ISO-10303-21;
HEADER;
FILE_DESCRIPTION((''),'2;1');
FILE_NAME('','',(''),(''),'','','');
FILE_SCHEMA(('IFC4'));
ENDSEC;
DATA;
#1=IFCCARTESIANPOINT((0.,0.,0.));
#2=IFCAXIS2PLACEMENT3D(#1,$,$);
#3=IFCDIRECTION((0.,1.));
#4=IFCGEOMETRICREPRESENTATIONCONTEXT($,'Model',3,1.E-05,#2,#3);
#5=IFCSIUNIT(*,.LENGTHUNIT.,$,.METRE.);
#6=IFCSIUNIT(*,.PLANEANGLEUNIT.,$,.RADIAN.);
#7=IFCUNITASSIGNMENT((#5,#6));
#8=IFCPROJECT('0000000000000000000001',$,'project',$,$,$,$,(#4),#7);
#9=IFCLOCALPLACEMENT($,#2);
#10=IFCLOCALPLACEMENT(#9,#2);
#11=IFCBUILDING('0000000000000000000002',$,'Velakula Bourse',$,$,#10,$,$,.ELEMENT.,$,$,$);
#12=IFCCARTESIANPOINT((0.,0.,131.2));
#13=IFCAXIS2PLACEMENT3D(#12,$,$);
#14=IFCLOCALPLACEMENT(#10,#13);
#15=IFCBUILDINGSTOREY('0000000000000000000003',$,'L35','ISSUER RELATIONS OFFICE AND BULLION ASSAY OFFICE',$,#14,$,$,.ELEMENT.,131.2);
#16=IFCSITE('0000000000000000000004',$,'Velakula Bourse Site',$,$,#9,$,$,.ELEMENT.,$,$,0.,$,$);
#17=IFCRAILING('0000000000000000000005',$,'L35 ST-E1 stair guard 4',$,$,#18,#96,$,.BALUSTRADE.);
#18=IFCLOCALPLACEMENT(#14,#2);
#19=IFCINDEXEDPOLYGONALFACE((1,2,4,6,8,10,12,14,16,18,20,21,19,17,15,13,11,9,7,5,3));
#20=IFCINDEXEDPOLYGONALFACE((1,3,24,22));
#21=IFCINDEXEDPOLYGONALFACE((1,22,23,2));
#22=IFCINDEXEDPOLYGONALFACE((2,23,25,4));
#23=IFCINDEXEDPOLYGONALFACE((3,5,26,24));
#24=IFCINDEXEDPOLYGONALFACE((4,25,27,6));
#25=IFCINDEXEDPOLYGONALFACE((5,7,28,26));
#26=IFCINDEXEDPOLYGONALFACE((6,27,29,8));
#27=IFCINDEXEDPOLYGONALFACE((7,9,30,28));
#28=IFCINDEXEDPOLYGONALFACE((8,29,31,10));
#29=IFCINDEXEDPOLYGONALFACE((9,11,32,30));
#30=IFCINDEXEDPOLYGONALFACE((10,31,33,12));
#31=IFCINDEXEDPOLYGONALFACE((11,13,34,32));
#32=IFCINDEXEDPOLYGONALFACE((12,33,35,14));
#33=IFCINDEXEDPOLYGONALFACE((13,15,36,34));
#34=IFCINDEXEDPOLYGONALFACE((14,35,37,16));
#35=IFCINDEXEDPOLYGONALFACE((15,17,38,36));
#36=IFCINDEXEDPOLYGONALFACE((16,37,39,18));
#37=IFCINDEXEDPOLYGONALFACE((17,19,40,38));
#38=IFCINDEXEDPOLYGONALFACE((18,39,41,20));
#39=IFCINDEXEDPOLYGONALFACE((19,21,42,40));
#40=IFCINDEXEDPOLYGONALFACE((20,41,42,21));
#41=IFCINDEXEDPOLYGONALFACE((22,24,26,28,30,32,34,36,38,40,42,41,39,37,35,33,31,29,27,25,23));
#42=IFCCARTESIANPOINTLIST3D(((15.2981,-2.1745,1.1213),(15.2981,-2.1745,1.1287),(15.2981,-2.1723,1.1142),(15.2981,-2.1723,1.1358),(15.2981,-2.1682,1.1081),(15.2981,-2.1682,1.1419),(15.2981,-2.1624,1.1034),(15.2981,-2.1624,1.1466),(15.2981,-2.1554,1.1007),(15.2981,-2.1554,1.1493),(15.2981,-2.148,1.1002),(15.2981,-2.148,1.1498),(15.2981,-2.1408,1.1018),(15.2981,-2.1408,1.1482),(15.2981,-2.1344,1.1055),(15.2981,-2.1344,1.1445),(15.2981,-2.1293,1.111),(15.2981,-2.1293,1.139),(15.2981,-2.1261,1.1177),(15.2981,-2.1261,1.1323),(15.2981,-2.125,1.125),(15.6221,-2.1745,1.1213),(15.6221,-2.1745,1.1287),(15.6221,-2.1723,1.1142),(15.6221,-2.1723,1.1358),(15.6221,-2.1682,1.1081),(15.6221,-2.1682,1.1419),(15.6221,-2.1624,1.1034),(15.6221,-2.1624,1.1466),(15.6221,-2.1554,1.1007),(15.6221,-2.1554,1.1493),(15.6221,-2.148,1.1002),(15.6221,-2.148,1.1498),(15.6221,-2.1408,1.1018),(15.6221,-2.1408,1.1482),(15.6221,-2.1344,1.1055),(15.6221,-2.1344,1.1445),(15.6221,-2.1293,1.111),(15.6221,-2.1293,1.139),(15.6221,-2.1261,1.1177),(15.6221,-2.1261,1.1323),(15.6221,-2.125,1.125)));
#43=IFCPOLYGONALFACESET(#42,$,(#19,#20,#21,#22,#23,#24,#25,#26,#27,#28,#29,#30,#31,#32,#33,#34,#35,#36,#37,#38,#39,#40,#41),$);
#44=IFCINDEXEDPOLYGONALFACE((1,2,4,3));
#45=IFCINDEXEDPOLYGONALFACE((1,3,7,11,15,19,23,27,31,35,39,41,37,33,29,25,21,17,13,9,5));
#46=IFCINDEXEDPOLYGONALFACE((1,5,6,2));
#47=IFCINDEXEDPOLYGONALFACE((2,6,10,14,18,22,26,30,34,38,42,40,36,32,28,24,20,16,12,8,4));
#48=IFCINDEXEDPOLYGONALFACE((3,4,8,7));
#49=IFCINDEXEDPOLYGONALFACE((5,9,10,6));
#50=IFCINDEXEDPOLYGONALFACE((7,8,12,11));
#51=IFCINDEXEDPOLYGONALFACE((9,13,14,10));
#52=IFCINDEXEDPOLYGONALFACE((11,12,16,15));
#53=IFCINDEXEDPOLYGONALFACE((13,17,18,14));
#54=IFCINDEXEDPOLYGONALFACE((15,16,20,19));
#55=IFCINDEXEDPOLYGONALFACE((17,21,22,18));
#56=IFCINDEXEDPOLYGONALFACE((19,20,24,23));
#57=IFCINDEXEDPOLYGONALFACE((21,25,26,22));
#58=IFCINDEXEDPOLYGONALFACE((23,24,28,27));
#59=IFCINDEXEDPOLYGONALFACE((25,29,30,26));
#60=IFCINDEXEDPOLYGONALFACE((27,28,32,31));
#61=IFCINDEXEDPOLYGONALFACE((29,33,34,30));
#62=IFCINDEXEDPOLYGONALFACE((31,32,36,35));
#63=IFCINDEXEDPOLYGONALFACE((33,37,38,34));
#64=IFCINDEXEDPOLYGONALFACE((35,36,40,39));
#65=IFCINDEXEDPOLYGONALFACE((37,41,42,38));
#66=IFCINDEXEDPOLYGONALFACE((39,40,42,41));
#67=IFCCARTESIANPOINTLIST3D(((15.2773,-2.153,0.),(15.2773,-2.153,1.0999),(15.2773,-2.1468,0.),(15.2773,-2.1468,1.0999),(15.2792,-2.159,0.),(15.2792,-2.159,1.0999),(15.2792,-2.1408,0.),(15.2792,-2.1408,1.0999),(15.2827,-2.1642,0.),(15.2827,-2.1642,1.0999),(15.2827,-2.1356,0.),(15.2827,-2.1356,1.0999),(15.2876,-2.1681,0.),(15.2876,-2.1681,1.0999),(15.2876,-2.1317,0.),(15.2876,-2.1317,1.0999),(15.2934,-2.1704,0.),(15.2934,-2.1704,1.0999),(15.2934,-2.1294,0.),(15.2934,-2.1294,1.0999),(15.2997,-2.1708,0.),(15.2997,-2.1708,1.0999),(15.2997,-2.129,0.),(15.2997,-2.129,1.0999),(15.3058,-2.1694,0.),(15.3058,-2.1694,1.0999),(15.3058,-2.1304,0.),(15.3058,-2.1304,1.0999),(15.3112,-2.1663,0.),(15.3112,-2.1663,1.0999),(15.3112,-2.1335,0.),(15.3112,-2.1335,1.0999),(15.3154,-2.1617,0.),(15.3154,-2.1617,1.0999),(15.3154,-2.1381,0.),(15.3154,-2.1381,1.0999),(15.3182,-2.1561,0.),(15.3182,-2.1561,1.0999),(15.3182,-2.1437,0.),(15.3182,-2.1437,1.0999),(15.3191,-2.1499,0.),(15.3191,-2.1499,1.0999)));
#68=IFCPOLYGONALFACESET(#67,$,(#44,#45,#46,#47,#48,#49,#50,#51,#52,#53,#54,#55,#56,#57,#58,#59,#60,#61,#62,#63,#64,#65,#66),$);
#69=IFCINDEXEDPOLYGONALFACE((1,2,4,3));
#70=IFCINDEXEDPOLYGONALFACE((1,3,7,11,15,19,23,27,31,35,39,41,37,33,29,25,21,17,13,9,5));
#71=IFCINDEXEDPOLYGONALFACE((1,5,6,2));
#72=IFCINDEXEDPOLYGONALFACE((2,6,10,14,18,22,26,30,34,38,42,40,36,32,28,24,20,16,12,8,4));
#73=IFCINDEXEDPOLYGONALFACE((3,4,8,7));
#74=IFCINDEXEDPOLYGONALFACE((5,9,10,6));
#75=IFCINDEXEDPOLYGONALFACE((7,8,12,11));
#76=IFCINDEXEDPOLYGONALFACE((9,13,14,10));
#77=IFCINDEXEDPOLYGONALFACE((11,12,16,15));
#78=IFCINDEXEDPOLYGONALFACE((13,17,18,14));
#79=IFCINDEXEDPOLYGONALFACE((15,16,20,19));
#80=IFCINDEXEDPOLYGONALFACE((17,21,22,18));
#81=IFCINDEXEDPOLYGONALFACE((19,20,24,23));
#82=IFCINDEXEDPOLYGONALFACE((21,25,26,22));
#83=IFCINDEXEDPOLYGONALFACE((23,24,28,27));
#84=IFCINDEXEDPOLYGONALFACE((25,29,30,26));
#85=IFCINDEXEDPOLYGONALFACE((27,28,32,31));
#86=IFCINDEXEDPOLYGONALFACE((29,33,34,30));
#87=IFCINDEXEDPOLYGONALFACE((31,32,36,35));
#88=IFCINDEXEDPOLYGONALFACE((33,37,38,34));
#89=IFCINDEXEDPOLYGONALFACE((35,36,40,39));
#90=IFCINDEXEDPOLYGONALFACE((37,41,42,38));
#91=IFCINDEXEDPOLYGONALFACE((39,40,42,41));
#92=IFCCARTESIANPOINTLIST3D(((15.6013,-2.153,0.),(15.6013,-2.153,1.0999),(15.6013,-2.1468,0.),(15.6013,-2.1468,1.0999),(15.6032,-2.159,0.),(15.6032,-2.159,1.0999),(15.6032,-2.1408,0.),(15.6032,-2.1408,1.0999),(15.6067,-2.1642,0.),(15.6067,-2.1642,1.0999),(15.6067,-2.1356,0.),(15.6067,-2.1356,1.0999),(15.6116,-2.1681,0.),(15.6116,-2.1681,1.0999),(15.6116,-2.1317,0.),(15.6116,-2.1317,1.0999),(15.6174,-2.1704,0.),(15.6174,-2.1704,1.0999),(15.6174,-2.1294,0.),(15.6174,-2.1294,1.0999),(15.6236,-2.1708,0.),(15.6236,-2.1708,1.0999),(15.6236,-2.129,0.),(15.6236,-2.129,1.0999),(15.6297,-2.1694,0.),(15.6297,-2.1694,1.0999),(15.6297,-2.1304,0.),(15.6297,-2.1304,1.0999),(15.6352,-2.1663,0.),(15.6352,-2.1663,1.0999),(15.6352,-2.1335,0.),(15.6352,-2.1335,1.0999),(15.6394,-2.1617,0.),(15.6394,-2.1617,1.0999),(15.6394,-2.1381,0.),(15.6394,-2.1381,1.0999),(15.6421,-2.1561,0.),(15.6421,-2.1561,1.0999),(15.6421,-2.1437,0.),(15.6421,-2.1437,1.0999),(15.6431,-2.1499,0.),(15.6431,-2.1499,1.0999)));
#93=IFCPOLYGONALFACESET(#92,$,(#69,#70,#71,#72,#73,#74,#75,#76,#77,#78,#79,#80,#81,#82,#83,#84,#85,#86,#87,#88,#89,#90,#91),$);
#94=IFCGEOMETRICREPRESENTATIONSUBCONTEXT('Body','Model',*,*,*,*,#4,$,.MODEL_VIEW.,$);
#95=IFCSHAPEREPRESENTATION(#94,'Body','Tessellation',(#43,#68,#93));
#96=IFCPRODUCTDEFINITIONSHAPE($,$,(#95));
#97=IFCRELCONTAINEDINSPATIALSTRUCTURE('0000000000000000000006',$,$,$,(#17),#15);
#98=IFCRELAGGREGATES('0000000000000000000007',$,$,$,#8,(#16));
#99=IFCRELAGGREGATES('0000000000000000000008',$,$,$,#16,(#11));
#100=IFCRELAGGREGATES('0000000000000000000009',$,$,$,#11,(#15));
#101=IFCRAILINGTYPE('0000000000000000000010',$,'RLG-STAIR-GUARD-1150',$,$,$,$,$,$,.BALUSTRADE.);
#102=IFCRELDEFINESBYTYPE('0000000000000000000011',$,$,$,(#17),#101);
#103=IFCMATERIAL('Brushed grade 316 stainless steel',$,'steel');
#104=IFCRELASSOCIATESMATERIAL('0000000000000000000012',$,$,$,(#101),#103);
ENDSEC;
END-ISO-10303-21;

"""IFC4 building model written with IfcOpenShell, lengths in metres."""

from ifc_helpers import new_model, si_unit, direction, frame, origin, origin_2d, place, context, subcontext, project, spatial, circle, extrude, material, type_object, element, save


model = new_model("IFC4")

# Units and contexts
model_context = context("Model", 3, precision=1e-05, world=origin(), true_north=direction((0.0, 1.0)))
body_context = subcontext(model_context, "Body", "Model", "MODEL_VIEW")
ifc_project = project(units=[si_unit("LENGTHUNIT", "METRE"), si_unit("PLANEANGLEUNIT", "RADIAN")], contexts=[model_context])

# Site, building, storey
site_placement = place(None, origin())
site = spatial("IfcSite", under=ifc_project, at=site_placement, Name="Velakula Bourse Site", CompositionType="ELEMENT", RefElevation=0.0)
building_placement = place(site_placement, origin())
building = spatial("IfcBuilding", under=site, at=building_placement, Name="Velakula Bourse", CompositionType="ELEMENT")
storey_placement = place(building_placement, frame((0.0, 0.0, 131.2)))
storey = spatial("IfcBuildingStorey", under=building, at=storey_placement, Name="L35", Description="ISSUER RELATIONS OFFICE AND BULLION ASSAY OFFICE", CompositionType="ELEMENT", Elevation=131.2)

# Shared definitions
ifc_material_1 = material(Name="Brushed grade 316 stainless steel", Category="steel")

# Railing
railing_type_1 = type_object("IfcRailingType", Name="RLG-STAIR-GUARD-1150", PredefinedType="BALUSTRADE", material=ifc_material_1)
railing_1_placement = place(storey_placement, frame((15.2981, -2.1499, 0.0)))
element("IfcRailing", 1, at=railing_1_placement, inside=storey, type_object=railing_type_1, Name="L35 ST-E1 stair guard 4", PredefinedType="BALUSTRADE", context=body_context, shape_type="SweptSolid", body=[
    extrude(circle(Radius=0.0249, at=origin_2d()), frame((0.0, 0.0, 1.125), z_axis=(1.0, 0.0, 0.0), x_axis=(0.0, 1.0, 0.0)), (0.0, 0.0, 1.0), 0.324),
    extrude(circle(Radius=0.021, at=origin_2d()), origin(), (0.0, 0.0, 1.0), 1.0999),
    extrude(circle(Radius=0.021, at=origin_2d()), frame((0.324, 0.0, 0.0)), (0.0, 0.0, 1.0), 1.0999),
])

save(model, "model.ifc")
